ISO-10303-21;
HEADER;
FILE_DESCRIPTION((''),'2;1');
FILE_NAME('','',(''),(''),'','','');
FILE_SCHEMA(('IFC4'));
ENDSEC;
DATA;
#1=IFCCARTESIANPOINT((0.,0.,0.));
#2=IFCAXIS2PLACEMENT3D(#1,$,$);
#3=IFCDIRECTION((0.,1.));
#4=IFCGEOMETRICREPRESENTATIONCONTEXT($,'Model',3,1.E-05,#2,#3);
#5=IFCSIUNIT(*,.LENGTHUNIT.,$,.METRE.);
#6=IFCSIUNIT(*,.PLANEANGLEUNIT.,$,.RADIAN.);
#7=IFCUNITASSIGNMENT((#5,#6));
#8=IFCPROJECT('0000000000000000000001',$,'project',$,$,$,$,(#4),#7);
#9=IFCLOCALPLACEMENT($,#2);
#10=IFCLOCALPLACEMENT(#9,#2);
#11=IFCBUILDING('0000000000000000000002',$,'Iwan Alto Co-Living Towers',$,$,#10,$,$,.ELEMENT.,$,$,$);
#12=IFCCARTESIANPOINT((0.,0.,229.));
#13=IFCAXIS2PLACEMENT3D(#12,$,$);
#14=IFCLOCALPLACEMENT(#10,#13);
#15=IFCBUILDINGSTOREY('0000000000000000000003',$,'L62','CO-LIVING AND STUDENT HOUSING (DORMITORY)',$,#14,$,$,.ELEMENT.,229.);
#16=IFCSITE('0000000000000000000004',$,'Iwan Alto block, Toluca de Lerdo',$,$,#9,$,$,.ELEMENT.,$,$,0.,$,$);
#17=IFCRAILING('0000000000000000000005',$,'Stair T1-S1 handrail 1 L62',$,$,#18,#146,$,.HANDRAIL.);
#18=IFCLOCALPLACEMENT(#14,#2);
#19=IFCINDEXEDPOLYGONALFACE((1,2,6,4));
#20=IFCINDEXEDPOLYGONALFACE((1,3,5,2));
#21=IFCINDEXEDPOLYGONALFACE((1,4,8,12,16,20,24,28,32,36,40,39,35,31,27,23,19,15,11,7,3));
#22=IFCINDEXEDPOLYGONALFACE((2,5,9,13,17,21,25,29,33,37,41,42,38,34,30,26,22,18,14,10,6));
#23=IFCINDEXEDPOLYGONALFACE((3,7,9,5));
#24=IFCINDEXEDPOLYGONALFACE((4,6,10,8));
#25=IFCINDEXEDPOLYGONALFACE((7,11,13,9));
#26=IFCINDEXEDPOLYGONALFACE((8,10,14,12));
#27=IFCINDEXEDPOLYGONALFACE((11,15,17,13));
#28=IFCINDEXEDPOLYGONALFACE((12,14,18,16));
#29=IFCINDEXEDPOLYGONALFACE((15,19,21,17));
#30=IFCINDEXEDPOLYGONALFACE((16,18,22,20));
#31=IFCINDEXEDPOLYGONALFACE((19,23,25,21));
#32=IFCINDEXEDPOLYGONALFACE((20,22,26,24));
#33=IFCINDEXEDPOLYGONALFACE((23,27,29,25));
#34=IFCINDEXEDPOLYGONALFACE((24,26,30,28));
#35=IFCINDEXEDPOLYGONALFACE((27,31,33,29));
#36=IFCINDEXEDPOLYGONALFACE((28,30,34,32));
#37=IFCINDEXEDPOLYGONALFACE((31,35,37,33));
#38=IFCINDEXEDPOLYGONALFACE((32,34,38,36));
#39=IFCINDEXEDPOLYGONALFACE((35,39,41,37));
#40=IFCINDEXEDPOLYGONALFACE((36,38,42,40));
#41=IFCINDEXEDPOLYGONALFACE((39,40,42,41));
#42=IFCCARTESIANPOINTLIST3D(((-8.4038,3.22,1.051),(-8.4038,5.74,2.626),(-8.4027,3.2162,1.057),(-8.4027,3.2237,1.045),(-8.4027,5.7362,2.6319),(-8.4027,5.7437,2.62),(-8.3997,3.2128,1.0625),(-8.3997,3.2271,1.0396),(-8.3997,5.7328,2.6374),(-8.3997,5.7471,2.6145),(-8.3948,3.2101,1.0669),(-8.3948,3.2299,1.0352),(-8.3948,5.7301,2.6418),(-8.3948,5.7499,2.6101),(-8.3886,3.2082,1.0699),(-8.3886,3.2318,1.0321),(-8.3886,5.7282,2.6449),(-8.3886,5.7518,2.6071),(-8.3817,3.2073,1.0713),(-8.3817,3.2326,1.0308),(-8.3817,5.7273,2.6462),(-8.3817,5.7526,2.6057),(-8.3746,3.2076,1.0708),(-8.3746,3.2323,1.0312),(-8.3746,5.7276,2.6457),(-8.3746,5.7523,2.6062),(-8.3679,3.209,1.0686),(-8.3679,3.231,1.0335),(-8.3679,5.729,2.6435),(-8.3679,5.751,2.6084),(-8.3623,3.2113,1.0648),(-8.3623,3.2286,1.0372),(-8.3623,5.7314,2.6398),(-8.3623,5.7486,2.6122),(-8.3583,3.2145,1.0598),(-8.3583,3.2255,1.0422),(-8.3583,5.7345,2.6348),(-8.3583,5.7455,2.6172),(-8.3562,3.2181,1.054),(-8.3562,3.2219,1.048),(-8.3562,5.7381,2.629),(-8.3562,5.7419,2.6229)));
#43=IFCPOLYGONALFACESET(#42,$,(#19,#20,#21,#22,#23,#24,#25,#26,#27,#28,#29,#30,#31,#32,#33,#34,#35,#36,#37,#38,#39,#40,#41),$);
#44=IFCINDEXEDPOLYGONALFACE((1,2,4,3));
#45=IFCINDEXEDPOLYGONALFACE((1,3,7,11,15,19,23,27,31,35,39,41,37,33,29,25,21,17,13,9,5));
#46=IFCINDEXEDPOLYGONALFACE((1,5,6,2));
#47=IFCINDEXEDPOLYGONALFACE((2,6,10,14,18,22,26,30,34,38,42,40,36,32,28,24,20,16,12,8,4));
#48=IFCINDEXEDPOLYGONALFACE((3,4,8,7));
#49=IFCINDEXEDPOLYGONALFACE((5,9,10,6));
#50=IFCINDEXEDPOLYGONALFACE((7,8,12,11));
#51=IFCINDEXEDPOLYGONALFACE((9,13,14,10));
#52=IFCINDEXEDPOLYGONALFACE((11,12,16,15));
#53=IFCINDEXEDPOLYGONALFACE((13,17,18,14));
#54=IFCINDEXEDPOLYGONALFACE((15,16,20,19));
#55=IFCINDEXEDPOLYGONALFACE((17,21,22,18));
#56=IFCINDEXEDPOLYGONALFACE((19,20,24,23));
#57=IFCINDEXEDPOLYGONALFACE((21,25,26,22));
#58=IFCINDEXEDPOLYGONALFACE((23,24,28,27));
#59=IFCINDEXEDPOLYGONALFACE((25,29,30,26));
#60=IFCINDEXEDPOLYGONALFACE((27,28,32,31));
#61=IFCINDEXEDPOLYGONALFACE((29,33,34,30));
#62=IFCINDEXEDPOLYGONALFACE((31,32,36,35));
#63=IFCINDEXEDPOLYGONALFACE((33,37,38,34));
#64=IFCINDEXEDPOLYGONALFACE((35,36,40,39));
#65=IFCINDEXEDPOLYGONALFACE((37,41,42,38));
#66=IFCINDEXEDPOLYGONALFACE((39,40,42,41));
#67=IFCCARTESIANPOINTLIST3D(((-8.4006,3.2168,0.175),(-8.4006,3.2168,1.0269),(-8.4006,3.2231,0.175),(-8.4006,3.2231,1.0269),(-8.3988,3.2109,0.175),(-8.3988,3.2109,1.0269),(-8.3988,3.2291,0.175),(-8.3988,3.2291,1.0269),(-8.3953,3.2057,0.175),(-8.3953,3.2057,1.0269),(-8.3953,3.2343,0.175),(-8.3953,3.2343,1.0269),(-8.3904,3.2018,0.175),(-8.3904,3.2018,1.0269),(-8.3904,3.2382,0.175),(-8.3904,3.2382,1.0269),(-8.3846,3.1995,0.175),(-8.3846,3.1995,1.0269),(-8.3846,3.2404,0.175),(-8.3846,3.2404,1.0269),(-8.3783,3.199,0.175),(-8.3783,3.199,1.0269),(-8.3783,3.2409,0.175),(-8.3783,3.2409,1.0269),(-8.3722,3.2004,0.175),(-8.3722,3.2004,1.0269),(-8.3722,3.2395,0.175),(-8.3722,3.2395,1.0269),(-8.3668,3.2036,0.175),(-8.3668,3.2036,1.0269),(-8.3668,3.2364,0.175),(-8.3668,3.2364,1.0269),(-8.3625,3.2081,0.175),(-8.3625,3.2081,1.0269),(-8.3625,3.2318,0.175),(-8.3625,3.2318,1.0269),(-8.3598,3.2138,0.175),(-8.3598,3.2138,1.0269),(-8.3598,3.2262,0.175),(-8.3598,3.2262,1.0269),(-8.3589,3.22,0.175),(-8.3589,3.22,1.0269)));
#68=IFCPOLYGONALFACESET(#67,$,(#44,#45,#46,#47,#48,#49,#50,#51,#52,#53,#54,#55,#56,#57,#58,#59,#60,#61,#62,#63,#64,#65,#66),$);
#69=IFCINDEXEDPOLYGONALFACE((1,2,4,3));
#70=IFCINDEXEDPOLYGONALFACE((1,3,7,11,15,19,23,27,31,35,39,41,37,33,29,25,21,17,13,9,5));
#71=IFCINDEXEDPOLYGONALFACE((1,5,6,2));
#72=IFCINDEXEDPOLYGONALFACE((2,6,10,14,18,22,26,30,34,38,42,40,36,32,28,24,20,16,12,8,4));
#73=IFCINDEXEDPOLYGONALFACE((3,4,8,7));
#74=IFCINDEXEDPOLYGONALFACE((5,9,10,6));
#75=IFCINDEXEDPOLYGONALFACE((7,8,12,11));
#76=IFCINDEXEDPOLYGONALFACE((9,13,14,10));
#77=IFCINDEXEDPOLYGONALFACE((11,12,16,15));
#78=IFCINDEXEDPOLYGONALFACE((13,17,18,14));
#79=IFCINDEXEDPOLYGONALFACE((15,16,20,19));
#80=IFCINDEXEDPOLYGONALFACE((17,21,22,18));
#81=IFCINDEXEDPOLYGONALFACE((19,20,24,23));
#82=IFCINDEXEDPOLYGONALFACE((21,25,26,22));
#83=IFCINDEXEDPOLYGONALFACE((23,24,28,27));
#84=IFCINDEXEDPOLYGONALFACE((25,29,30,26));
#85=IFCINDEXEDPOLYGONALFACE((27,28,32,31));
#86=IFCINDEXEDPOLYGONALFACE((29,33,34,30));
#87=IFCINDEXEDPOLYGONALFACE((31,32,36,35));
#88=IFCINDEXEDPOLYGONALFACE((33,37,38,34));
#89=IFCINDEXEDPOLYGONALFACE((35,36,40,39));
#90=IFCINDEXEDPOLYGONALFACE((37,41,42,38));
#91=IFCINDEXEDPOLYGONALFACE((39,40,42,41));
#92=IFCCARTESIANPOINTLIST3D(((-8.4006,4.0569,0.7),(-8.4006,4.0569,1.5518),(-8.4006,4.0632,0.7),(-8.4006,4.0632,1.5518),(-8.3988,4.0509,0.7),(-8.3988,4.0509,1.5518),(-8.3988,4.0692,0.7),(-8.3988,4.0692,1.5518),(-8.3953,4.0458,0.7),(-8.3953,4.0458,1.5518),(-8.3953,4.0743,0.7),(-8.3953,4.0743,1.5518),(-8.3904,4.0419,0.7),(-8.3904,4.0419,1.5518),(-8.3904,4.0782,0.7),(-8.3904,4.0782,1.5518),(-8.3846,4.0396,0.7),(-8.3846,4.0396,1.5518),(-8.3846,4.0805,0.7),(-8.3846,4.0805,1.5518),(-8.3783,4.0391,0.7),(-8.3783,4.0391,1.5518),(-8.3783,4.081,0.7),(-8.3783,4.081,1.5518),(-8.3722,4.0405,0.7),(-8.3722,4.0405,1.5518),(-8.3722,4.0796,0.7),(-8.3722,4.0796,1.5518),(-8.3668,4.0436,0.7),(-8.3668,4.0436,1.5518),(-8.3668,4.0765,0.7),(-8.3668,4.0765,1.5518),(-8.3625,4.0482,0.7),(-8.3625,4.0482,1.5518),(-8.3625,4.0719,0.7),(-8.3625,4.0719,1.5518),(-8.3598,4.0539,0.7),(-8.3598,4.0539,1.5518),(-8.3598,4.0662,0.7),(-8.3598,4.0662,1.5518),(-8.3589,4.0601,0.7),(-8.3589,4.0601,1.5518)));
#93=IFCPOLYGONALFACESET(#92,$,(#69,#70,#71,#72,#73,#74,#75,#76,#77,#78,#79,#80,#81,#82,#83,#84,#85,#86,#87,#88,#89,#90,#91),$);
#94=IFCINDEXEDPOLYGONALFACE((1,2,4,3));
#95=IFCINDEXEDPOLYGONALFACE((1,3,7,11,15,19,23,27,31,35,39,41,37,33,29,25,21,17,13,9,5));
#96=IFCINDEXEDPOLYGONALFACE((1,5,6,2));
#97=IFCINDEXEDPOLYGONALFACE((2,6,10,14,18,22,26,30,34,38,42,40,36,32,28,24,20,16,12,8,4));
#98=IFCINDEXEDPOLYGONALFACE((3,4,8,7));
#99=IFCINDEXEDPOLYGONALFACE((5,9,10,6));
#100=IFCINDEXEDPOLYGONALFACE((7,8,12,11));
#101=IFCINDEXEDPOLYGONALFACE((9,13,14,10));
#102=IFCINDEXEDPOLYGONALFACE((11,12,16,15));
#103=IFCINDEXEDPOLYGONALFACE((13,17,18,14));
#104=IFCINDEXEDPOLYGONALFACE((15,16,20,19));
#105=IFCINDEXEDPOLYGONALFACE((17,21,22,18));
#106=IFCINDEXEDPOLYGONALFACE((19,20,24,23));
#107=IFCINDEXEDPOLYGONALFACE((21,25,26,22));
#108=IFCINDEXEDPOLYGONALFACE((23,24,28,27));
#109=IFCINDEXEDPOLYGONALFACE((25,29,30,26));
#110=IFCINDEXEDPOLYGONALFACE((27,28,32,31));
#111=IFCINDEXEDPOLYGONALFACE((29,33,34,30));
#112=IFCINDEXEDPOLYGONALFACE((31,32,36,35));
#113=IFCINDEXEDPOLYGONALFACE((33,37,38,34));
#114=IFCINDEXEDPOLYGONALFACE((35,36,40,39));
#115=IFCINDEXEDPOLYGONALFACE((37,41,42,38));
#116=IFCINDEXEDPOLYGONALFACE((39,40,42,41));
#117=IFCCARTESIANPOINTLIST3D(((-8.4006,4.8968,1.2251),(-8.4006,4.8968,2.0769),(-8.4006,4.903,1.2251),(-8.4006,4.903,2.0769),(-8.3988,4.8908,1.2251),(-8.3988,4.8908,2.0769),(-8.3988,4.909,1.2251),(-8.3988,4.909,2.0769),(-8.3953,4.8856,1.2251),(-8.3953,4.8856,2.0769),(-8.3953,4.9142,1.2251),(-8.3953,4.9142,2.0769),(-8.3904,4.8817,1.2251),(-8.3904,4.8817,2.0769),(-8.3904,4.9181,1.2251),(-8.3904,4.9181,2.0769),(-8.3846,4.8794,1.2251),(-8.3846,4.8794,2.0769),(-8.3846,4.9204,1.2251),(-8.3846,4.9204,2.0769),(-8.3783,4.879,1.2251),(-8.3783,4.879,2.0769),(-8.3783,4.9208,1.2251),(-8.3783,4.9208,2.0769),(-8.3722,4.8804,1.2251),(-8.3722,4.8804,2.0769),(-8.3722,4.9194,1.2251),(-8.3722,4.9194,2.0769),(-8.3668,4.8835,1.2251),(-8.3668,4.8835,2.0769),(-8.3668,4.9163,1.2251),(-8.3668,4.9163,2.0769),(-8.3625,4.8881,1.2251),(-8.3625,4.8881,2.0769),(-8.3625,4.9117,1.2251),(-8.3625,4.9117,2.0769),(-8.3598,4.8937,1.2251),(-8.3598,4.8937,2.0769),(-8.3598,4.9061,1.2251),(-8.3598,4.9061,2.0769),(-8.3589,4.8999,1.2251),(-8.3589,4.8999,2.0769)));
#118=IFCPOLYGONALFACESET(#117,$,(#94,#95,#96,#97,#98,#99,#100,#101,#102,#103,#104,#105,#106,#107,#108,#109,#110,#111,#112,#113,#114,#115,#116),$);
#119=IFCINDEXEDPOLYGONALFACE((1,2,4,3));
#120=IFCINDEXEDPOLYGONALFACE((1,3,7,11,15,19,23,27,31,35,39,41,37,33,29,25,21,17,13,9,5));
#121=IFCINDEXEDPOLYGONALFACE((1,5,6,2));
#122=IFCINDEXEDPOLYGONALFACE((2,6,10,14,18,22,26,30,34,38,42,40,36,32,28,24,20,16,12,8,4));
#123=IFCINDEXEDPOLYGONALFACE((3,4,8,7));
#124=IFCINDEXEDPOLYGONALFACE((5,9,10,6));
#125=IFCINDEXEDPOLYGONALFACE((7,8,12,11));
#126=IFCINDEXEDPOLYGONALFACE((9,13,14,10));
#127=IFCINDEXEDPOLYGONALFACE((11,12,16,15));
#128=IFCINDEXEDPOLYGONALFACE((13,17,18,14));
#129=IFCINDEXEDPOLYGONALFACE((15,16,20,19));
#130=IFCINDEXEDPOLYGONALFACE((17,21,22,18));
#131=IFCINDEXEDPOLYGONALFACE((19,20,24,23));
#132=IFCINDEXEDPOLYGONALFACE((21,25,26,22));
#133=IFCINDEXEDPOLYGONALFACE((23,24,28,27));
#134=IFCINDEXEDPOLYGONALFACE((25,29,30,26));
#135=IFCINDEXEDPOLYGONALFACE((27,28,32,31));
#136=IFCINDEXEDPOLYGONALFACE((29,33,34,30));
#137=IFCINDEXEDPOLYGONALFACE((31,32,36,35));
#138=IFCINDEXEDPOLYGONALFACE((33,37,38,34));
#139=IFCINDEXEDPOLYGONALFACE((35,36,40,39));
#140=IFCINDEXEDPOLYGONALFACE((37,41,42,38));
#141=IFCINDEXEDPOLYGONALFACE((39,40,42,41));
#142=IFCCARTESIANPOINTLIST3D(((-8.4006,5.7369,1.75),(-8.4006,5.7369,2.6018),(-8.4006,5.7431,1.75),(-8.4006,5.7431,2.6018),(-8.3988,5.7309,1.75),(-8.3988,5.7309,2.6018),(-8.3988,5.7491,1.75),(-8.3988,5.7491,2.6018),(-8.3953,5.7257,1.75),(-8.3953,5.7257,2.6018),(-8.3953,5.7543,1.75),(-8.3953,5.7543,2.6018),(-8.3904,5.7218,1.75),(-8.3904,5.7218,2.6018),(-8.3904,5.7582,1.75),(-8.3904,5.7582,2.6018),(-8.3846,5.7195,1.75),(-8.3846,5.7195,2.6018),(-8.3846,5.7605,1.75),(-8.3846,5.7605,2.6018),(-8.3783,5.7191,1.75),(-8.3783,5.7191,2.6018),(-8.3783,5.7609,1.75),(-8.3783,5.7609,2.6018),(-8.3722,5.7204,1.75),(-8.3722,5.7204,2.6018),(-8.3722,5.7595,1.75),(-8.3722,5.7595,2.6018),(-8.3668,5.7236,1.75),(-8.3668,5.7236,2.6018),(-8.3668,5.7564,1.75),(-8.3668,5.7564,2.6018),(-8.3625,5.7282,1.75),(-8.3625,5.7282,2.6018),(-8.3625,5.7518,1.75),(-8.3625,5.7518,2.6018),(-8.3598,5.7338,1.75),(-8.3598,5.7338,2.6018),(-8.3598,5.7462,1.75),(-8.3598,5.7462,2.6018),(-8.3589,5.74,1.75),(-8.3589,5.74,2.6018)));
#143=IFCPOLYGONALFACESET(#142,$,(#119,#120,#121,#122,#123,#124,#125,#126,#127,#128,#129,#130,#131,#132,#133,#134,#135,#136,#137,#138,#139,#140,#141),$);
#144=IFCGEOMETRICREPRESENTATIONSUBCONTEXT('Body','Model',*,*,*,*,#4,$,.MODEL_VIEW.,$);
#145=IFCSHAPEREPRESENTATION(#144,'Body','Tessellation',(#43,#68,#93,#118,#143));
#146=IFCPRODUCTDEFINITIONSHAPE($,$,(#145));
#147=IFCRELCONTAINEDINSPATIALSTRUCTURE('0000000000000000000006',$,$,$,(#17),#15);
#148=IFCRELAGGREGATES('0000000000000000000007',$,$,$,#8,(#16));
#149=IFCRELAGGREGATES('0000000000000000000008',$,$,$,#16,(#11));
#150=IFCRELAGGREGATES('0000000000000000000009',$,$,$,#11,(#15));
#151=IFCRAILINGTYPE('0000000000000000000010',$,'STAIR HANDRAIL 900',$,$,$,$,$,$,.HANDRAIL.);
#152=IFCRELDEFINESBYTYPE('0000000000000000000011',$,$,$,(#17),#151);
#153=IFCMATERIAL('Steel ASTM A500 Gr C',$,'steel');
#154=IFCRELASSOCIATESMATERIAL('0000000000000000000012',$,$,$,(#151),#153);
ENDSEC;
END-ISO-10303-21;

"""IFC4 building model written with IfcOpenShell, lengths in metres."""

from ifc_helpers import new_model, si_unit, direction, frame, origin, origin_2d, place, context, subcontext, project, spatial, circle, extrude, material, type_object, element, save


model = new_model("IFC4")

# Units and contexts
model_context = context("Model", 3, precision=1e-05, world=origin(), true_north=direction((0.0, 1.0)))
body_context = subcontext(model_context, "Body", "Model", "MODEL_VIEW")
ifc_project = project(units=[si_unit("LENGTHUNIT", "METRE"), si_unit("PLANEANGLEUNIT", "RADIAN")], contexts=[model_context])

# Site, building, storey
site_placement = place(None, origin())
site = spatial("IfcSite", under=ifc_project, at=site_placement, Name="Iwan Alto block, Toluca de Lerdo", CompositionType="ELEMENT", RefElevation=0.0)
building_placement = place(site_placement, origin())
building = spatial("IfcBuilding", under=site, at=building_placement, Name="Iwan Alto Co-Living Towers", CompositionType="ELEMENT")
storey_placement = place(building_placement, frame((0.0, 0.0, 229.0)))
storey = spatial("IfcBuildingStorey", under=building, at=storey_placement, Name="L62", Description="CO-LIVING AND STUDENT HOUSING (DORMITORY)", CompositionType="ELEMENT", Elevation=229.0)

# Railing
ifc_material_1 = material(Name="Steel ASTM A500 Gr C", Category="steel")
railing_type_1 = type_object("IfcRailingType", Name="STAIR HANDRAIL 900", PredefinedType="HANDRAIL", material=ifc_material_1)
railing_1_placement = place(storey_placement, frame((-8.3799, 3.22, 0.175)))
element("IfcRailing", 1, at=railing_1_placement, inside=storey, type_object=railing_type_1, Name="Stair T1-S1 handrail 1 L62", PredefinedType="HANDRAIL", context=body_context, shape_type="SweptSolid", body=[
    extrude(circle(Radius=0.0239, at=origin_2d()), frame((0.0, 0.0, 0.876), z_axis=(0.0, 0.848008, 0.529984), x_axis=(-1.0, 0.0, 0.0)), (0.0, 0.0, 1.0), 2.9717),
    extrude(circle(Radius=0.021, at=origin_2d()), origin(), (0.0, 0.0, 1.0), 0.8518),
    extrude(circle(Radius=0.021, at=origin_2d()), frame((0.0, 0.8401, 0.5249)), (0.0, 0.0, 1.0), 0.8518),
    extrude(circle(Radius=0.021, at=origin_2d()), frame((0.0, 1.6799, 1.05)), (0.0, 0.0, 1.0), 0.8518),
    extrude(circle(Radius=0.021, at=origin_2d()), frame((0.0, 2.52, 1.575)), (0.0, 0.0, 1.0), 0.8518),
])

save(model, "model.ifc")
